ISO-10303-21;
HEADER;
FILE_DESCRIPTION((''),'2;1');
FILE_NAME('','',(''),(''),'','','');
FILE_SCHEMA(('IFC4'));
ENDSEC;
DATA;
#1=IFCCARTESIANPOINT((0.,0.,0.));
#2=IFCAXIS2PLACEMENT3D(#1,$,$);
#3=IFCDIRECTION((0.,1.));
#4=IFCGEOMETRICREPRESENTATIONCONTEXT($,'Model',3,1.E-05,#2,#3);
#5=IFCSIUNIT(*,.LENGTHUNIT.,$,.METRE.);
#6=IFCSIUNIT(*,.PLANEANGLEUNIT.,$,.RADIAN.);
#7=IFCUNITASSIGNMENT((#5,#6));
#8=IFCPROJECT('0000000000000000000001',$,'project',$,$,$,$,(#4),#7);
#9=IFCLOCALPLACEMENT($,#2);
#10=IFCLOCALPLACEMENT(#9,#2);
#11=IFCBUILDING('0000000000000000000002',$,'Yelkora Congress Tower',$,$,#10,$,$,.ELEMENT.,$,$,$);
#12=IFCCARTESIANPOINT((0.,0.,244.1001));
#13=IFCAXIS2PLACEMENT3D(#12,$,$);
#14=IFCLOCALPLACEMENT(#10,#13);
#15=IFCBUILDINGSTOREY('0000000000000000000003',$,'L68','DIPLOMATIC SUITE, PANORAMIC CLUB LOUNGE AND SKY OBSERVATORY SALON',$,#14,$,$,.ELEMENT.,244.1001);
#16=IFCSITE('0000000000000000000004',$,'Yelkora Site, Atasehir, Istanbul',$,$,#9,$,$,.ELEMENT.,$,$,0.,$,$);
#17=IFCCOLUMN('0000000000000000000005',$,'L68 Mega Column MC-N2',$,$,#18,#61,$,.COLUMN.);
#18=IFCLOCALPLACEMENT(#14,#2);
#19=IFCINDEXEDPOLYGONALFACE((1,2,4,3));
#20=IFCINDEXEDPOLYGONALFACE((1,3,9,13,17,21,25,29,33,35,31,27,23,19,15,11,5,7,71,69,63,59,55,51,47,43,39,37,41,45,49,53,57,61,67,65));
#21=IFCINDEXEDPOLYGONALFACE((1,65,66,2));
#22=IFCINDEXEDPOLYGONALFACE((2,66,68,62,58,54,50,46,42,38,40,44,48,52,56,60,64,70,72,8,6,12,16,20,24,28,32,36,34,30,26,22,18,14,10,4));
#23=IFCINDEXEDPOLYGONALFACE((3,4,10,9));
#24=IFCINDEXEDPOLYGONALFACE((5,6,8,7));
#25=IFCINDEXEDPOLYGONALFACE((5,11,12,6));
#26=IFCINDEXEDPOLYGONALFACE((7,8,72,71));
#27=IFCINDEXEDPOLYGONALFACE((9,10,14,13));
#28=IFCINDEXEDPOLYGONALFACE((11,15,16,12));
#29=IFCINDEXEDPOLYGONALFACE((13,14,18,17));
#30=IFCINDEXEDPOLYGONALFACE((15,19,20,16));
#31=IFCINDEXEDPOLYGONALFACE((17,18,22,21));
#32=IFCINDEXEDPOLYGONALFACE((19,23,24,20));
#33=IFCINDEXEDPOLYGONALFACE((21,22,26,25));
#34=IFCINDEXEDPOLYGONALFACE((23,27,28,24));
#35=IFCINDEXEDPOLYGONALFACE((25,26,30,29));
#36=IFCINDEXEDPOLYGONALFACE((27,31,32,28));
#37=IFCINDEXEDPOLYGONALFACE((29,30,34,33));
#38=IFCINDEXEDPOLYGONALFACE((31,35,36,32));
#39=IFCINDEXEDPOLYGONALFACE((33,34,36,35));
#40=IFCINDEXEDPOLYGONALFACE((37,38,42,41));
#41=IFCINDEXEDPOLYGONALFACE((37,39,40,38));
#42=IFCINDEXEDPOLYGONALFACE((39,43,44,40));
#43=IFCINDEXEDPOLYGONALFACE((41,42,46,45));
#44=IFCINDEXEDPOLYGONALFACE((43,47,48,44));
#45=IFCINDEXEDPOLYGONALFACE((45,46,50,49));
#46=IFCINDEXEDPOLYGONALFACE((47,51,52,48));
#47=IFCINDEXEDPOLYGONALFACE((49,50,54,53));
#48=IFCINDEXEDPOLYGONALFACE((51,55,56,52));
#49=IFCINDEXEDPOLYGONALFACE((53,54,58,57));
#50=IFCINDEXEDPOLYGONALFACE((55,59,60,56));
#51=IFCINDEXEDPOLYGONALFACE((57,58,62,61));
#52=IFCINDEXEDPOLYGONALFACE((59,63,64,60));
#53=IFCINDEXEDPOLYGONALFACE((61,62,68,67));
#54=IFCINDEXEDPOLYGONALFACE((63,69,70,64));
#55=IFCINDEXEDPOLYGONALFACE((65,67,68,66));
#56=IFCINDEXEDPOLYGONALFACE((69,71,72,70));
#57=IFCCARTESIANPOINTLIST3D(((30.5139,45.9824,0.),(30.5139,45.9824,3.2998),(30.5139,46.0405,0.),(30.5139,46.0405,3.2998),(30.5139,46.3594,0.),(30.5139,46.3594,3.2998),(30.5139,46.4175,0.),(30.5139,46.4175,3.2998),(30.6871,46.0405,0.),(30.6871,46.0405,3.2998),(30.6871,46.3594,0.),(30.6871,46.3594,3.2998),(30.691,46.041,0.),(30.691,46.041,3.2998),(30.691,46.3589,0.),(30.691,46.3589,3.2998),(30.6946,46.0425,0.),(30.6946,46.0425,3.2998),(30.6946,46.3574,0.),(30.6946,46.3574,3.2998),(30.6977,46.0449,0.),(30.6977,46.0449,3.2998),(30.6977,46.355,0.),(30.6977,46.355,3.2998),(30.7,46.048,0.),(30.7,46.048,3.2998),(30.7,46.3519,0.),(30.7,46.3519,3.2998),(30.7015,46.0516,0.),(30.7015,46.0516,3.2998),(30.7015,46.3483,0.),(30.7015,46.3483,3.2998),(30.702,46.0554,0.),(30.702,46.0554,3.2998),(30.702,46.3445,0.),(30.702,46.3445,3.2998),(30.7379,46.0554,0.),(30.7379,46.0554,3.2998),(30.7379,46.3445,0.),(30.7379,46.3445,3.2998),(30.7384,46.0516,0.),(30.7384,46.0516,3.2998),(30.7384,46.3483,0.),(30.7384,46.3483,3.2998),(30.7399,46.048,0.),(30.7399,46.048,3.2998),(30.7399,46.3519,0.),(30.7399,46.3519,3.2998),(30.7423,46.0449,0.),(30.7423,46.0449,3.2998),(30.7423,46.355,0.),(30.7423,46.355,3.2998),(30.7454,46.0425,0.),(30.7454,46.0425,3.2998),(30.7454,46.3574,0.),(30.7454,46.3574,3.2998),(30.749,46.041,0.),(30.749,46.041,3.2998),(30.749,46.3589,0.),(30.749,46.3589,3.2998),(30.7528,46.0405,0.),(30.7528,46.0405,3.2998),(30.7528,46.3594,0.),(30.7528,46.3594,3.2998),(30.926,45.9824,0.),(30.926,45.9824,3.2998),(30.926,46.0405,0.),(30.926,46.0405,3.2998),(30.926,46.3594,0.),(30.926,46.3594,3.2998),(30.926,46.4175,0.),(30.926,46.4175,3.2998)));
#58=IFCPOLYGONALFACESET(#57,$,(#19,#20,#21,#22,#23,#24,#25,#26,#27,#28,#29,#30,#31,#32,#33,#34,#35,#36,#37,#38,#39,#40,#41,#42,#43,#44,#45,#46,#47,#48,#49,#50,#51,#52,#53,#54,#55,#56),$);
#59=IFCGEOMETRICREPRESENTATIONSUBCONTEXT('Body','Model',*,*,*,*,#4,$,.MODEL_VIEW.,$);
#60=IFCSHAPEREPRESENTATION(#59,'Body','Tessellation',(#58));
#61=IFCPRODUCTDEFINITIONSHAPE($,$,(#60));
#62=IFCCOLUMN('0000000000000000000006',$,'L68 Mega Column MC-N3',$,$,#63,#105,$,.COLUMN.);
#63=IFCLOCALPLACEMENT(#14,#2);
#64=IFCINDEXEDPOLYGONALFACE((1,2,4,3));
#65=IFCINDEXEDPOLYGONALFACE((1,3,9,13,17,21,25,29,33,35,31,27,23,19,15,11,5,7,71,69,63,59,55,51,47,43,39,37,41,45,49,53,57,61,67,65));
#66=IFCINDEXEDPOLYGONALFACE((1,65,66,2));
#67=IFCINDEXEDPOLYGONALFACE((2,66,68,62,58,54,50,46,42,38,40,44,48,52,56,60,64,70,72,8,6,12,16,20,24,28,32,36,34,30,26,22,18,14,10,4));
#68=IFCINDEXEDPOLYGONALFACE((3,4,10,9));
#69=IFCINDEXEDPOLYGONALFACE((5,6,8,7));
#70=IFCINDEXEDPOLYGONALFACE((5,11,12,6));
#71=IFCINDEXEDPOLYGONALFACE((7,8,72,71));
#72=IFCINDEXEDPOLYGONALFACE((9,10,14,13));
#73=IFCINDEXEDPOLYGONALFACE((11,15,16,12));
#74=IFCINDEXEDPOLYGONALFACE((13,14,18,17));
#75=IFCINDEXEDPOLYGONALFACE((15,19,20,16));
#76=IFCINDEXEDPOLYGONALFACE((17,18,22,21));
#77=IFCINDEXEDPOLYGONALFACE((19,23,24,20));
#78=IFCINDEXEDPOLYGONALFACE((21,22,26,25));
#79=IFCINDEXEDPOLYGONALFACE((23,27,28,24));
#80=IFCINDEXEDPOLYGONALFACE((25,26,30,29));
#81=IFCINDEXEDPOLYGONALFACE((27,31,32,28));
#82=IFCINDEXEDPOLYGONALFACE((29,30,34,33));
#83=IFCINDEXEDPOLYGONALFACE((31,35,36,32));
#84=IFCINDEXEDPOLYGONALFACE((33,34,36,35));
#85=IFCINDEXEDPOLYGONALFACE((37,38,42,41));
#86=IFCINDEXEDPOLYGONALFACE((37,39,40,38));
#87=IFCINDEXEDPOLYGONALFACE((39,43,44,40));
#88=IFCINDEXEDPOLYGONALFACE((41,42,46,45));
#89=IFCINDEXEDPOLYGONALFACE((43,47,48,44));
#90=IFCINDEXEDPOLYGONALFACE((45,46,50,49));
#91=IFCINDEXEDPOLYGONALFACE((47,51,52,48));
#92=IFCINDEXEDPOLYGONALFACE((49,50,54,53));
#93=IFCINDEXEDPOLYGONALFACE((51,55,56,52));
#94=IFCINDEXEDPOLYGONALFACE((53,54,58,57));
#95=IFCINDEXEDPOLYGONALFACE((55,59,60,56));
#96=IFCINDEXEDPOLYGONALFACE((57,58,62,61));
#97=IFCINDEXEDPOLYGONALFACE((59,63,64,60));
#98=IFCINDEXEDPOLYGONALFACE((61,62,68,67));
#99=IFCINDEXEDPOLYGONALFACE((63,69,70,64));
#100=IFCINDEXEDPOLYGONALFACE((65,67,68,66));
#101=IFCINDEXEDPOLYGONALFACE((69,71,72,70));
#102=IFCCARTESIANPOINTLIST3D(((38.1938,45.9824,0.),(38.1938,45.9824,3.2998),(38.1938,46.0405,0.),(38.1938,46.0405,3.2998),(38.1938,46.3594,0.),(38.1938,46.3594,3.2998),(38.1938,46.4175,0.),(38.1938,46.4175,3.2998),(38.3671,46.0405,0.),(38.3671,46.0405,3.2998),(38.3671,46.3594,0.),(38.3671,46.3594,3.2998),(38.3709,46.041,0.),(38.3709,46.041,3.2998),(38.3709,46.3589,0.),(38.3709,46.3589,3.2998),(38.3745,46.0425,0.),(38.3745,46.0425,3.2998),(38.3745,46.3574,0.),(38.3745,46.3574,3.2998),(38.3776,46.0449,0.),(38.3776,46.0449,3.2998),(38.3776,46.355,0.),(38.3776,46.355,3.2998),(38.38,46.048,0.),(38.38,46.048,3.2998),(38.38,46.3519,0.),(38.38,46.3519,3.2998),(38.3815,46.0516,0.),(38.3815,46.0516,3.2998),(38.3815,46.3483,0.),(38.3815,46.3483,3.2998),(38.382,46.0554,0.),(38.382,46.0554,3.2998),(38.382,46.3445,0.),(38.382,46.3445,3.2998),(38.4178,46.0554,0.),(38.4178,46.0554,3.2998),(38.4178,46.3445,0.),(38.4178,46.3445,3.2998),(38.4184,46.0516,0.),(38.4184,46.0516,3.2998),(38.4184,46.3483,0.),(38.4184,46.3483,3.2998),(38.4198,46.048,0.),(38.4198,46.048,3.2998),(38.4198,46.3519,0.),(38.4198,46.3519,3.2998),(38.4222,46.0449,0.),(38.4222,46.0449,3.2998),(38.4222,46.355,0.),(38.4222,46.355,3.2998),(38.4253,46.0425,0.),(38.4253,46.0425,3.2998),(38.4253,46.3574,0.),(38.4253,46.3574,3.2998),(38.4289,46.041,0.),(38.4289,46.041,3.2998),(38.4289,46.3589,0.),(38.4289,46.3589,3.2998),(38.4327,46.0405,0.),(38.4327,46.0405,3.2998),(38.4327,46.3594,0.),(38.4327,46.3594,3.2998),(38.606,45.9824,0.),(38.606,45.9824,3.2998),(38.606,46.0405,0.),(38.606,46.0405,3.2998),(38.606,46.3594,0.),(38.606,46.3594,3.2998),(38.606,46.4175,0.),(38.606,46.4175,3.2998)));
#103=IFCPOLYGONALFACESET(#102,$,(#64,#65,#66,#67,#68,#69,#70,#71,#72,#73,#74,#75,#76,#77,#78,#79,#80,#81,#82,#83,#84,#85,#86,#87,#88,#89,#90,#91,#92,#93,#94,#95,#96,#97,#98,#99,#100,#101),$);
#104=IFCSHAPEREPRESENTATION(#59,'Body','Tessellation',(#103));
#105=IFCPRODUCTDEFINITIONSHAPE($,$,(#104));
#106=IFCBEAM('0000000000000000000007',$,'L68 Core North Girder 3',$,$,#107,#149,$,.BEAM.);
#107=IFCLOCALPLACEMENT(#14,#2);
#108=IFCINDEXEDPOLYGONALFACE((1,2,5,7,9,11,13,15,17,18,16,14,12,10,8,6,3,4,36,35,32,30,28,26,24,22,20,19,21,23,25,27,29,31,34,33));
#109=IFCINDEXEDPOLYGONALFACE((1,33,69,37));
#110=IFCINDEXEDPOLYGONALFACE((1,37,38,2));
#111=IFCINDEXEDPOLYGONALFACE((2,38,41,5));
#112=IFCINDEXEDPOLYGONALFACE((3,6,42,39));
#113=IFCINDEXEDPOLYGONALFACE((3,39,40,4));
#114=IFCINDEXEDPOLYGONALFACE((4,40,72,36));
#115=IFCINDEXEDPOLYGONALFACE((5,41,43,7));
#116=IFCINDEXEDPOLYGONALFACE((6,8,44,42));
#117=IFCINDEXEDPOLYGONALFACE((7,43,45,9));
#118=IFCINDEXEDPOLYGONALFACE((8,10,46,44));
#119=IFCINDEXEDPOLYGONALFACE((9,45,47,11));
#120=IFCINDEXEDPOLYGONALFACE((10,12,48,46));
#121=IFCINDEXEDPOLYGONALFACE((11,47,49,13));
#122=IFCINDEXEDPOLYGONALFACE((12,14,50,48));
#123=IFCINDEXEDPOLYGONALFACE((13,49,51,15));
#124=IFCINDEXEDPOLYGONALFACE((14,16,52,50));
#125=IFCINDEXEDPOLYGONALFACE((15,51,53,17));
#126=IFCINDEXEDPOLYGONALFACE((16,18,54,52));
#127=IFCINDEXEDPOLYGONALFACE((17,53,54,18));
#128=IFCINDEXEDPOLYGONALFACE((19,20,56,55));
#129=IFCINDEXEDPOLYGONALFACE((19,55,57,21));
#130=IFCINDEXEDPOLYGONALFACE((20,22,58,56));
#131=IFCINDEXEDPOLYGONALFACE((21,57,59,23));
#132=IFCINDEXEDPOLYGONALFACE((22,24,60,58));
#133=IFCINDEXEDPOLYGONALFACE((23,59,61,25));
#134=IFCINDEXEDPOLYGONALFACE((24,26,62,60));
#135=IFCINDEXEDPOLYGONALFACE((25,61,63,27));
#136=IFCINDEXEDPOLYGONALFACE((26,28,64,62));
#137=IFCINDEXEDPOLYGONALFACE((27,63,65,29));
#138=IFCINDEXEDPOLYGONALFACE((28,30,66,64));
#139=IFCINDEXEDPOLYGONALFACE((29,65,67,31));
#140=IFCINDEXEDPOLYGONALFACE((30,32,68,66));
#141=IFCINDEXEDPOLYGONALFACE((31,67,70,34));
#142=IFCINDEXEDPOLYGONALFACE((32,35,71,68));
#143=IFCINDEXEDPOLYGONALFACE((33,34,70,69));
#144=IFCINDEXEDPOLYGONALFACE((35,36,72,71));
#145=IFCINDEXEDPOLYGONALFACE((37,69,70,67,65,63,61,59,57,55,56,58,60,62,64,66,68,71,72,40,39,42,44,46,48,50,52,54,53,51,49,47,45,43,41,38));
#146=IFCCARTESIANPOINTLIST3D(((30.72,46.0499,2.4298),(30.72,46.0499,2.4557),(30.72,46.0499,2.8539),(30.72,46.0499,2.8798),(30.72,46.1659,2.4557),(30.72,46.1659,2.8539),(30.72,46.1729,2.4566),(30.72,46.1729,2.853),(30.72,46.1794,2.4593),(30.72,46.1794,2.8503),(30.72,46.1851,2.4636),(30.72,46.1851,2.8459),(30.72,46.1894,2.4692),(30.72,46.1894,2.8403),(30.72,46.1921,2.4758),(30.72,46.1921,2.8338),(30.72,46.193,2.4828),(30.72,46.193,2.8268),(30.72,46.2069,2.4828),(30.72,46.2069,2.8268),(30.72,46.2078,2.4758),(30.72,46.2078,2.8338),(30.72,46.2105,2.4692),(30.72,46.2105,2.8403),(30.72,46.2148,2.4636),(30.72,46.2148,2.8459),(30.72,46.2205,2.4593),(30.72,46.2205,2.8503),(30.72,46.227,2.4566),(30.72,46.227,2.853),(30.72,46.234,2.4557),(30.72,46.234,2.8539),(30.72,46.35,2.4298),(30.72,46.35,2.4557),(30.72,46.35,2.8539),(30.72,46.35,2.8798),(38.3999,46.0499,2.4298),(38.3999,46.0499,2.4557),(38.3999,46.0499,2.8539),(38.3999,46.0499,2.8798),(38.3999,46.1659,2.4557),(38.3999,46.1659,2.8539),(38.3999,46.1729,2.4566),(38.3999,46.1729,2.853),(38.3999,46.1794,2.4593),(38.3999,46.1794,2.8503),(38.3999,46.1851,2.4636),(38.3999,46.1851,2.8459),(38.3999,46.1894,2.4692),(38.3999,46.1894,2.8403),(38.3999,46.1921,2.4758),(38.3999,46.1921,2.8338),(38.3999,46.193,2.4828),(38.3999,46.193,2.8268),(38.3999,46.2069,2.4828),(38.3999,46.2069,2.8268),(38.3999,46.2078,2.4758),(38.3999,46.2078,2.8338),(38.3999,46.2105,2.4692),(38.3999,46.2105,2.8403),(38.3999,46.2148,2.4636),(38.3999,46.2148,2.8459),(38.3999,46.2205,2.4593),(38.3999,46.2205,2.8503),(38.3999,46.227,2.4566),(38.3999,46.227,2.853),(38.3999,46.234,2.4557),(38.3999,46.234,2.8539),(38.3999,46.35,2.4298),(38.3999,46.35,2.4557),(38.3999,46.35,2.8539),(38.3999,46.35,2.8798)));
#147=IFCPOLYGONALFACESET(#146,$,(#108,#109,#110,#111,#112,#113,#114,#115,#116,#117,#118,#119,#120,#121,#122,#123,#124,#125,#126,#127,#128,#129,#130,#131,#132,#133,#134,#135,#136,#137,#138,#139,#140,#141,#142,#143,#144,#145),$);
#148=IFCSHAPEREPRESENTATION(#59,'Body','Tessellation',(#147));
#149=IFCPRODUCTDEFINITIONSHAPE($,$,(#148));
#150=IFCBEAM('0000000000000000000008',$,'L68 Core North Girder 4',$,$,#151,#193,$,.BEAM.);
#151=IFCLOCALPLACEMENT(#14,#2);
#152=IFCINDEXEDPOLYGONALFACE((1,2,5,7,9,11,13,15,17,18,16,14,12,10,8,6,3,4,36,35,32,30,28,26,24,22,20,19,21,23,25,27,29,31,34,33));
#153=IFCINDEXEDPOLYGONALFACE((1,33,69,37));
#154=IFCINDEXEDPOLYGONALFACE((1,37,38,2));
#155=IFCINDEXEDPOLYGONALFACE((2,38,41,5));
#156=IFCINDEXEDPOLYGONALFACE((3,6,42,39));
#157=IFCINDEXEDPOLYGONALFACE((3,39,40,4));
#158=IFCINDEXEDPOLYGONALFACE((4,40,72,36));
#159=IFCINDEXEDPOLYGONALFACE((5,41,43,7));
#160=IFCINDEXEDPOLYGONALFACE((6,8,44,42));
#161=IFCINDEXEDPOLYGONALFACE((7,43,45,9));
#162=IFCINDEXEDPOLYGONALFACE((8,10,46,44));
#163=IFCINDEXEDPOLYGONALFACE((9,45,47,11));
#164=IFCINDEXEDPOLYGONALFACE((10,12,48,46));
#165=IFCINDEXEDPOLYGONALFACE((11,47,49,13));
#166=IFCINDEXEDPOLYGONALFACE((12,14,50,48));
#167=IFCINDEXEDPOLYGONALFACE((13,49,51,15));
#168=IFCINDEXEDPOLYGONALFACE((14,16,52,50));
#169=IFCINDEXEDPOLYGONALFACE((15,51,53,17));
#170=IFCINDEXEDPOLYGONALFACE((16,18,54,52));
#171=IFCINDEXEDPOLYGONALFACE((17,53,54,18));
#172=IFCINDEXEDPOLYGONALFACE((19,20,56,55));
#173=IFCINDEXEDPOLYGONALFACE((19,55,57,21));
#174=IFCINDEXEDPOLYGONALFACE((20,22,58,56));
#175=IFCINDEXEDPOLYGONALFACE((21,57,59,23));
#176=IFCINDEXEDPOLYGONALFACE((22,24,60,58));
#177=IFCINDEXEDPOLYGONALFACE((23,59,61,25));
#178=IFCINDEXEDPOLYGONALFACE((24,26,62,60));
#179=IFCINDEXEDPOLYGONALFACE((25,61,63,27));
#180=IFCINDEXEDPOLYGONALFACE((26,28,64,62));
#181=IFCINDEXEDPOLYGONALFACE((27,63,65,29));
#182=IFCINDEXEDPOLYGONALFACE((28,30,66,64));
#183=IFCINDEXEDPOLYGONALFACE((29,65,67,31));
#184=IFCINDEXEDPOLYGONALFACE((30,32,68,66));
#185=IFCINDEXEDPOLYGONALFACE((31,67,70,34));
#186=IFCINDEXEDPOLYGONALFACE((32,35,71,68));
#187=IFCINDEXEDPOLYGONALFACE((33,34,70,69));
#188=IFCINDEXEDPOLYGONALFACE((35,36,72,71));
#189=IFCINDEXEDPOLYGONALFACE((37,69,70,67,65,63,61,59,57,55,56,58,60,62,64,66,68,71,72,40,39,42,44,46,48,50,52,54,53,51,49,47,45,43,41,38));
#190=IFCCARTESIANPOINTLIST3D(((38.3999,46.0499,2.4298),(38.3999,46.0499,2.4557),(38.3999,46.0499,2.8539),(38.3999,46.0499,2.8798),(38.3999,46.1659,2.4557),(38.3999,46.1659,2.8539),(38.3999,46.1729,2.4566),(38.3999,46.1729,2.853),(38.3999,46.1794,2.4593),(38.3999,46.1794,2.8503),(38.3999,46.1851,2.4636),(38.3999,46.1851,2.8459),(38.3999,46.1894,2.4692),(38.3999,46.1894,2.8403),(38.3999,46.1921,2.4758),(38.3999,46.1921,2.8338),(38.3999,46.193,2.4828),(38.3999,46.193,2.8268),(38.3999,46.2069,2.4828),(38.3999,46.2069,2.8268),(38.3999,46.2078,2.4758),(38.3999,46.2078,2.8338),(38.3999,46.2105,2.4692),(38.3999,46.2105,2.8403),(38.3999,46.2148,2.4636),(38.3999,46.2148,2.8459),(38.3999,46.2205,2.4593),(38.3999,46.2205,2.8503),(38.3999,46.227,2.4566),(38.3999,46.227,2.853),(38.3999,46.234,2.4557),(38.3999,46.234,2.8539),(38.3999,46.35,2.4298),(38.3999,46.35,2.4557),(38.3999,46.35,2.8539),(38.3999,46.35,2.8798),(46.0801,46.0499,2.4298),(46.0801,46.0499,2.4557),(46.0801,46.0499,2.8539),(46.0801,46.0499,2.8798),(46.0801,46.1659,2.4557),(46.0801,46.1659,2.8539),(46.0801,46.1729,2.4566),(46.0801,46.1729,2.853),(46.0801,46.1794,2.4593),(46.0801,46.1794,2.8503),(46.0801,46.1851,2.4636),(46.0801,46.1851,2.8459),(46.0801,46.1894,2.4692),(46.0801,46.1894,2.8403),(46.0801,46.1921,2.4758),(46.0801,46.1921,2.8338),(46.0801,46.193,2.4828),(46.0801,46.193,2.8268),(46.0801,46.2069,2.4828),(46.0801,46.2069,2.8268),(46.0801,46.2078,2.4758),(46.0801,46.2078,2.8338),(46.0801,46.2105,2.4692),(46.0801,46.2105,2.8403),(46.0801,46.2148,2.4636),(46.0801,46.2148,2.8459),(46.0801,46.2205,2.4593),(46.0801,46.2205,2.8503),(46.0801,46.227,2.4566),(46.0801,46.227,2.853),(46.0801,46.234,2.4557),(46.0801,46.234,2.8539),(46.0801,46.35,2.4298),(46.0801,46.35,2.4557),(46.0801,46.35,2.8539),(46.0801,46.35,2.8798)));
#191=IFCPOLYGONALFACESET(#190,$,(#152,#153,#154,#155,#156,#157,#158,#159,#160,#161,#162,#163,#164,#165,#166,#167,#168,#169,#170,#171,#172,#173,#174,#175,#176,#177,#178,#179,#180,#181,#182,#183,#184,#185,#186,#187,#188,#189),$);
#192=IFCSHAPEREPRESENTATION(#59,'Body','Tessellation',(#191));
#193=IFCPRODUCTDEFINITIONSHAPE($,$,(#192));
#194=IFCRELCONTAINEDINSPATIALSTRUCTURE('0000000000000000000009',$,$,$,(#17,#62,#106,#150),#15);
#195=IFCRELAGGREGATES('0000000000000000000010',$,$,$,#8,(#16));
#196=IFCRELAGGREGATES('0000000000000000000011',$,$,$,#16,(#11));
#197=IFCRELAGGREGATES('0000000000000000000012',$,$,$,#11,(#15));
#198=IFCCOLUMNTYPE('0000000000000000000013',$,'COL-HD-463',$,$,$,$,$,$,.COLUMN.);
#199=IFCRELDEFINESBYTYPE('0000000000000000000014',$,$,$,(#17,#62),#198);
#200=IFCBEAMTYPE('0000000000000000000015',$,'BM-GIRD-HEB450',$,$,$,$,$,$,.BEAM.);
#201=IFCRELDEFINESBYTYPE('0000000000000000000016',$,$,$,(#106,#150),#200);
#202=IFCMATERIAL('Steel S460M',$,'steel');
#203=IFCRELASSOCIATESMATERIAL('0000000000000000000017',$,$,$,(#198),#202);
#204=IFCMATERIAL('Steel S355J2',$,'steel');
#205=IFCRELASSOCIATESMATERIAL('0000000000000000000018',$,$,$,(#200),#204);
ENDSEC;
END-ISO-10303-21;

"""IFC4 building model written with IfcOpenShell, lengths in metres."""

from ifc_helpers import new_model, si_unit, direction, frame, origin, origin_2d, place, context, subcontext, project, spatial, i_section, extrude, material, material_profile, profile_set, type_object, element, save


model = new_model("IFC4")

# Units and contexts
model_context = context("Model", 3, precision=1e-05, world=origin(), true_north=direction((0.0, 1.0)))
body_context = subcontext(model_context, "Body", "Model", "MODEL_VIEW")
ifc_project = project(units=[si_unit("LENGTHUNIT", "METRE"), si_unit("PLANEANGLEUNIT", "RADIAN")], contexts=[model_context])

# Site, building, storey
site_placement = place(None, origin())
site = spatial("IfcSite", under=ifc_project, at=site_placement, Name="Yelkora Site, Atasehir, Istanbul", CompositionType="ELEMENT", RefElevation=0.0)
building_placement = place(site_placement, origin())
building = spatial("IfcBuilding", under=site, at=building_placement, Name="Yelkora Congress Tower", CompositionType="ELEMENT")
storey_placement = place(building_placement, frame((0.0, 0.0, 244.1001)))
storey = spatial("IfcBuildingStorey", under=building, at=storey_placement, Name="L68", Description="DIPLOMATIC SUITE, PANORAMIC CLUB LOUNGE AND SKY OBSERVATORY SALON", CompositionType="ELEMENT", Elevation=244.1001)

# Columns
ifc_material_1 = material(Name="Steel S460M", Category="steel")
ifc_material_profile_1 = material_profile(ifc_material_1, i_section(OverallWidth=0.4121, OverallDepth=0.4351, WebThickness=0.0359, FlangeThickness=0.0581, FilletRadius=0.0149, at=origin_2d()), Name="HD 400x463")
ifc_profile_set_1 = profile_set([ifc_material_profile_1], Name="Steel S460M")
column_type = type_object("IfcColumnType", Name="COL-HD-463", PredefinedType="COLUMN", material=ifc_profile_set_1)
for number, where, z_axis, x_axis, name in (
    (1, (30.72, 46.2, 0.0), (0.0, 0.0, 1.0), (1.0, 0.0, 0.0), "L68 Mega Column MC-N2"),
    (2, (38.3999, 46.2, 0.0), (0.0, 0.0, 1.0), (1.0, 0.0, 0.0), "L68 Mega Column MC-N3"),
):
    element("IfcColumn", number, at=place(storey_placement, frame(where, z_axis=z_axis, x_axis=x_axis)), inside=storey, type_object=column_type, Name=name, PredefinedType="COLUMN", context=body_context, shape_type="SweptSolid", body=[
        extrude(i_section(OverallWidth=0.4121, OverallDepth=0.4351, WebThickness=0.0359, FlangeThickness=0.0581, FilletRadius=0.0149, at=origin_2d()), origin(), (0.0, 0.0, 1.0), 3.2998),
    ])

# Beams
ifc_material_2 = material(Name="Steel S355J2", Category="steel")
ifc_material_profile_2 = material_profile(ifc_material_2, i_section(OverallWidth=0.3, OverallDepth=0.45, WebThickness=0.0139, FlangeThickness=0.0259, FilletRadius=0.0271, at=origin_2d()), Name="HEB 450")
ifc_profile_set_2 = profile_set([ifc_material_profile_2], Name="Steel S355J2")
beam_type = type_object("IfcBeamType", Name="BM-GIRD-HEB450", PredefinedType="BEAM", material=ifc_profile_set_2)
beam_1_placement = place(storey_placement, frame((30.72, 46.2, 2.6548), z_axis=(1.0, 0.0, 0.0), x_axis=(0.0, 1.0, 0.0)))
element("IfcBeam", 3, at=beam_1_placement, inside=storey, type_object=beam_type, Name="L68 Core North Girder 3", PredefinedType="BEAM", context=body_context, shape_type="SweptSolid", body=[
    extrude(i_section(OverallWidth=0.3, OverallDepth=0.45, WebThickness=0.0139, FlangeThickness=0.0259, FilletRadius=0.0271, at=origin_2d()), origin(), (0.0, 0.0, 1.0), 7.6799),
])
beam_2_placement = place(storey_placement, frame((38.3999, 46.2, 2.6548), z_axis=(1.0, 0.0, 0.0), x_axis=(0.0, 1.0, 0.0)))
element("IfcBeam", 4, at=beam_2_placement, inside=storey, type_object=beam_type, Name="L68 Core North Girder 4", PredefinedType="BEAM", context=body_context, shape_type="SweptSolid", body=[
    extrude(i_section(OverallWidth=0.3, OverallDepth=0.45, WebThickness=0.0139, FlangeThickness=0.0259, FilletRadius=0.0271, at=origin_2d()), origin(), (0.0, 0.0, 1.0), 7.6802),
])

save(model, "model.ifc")
